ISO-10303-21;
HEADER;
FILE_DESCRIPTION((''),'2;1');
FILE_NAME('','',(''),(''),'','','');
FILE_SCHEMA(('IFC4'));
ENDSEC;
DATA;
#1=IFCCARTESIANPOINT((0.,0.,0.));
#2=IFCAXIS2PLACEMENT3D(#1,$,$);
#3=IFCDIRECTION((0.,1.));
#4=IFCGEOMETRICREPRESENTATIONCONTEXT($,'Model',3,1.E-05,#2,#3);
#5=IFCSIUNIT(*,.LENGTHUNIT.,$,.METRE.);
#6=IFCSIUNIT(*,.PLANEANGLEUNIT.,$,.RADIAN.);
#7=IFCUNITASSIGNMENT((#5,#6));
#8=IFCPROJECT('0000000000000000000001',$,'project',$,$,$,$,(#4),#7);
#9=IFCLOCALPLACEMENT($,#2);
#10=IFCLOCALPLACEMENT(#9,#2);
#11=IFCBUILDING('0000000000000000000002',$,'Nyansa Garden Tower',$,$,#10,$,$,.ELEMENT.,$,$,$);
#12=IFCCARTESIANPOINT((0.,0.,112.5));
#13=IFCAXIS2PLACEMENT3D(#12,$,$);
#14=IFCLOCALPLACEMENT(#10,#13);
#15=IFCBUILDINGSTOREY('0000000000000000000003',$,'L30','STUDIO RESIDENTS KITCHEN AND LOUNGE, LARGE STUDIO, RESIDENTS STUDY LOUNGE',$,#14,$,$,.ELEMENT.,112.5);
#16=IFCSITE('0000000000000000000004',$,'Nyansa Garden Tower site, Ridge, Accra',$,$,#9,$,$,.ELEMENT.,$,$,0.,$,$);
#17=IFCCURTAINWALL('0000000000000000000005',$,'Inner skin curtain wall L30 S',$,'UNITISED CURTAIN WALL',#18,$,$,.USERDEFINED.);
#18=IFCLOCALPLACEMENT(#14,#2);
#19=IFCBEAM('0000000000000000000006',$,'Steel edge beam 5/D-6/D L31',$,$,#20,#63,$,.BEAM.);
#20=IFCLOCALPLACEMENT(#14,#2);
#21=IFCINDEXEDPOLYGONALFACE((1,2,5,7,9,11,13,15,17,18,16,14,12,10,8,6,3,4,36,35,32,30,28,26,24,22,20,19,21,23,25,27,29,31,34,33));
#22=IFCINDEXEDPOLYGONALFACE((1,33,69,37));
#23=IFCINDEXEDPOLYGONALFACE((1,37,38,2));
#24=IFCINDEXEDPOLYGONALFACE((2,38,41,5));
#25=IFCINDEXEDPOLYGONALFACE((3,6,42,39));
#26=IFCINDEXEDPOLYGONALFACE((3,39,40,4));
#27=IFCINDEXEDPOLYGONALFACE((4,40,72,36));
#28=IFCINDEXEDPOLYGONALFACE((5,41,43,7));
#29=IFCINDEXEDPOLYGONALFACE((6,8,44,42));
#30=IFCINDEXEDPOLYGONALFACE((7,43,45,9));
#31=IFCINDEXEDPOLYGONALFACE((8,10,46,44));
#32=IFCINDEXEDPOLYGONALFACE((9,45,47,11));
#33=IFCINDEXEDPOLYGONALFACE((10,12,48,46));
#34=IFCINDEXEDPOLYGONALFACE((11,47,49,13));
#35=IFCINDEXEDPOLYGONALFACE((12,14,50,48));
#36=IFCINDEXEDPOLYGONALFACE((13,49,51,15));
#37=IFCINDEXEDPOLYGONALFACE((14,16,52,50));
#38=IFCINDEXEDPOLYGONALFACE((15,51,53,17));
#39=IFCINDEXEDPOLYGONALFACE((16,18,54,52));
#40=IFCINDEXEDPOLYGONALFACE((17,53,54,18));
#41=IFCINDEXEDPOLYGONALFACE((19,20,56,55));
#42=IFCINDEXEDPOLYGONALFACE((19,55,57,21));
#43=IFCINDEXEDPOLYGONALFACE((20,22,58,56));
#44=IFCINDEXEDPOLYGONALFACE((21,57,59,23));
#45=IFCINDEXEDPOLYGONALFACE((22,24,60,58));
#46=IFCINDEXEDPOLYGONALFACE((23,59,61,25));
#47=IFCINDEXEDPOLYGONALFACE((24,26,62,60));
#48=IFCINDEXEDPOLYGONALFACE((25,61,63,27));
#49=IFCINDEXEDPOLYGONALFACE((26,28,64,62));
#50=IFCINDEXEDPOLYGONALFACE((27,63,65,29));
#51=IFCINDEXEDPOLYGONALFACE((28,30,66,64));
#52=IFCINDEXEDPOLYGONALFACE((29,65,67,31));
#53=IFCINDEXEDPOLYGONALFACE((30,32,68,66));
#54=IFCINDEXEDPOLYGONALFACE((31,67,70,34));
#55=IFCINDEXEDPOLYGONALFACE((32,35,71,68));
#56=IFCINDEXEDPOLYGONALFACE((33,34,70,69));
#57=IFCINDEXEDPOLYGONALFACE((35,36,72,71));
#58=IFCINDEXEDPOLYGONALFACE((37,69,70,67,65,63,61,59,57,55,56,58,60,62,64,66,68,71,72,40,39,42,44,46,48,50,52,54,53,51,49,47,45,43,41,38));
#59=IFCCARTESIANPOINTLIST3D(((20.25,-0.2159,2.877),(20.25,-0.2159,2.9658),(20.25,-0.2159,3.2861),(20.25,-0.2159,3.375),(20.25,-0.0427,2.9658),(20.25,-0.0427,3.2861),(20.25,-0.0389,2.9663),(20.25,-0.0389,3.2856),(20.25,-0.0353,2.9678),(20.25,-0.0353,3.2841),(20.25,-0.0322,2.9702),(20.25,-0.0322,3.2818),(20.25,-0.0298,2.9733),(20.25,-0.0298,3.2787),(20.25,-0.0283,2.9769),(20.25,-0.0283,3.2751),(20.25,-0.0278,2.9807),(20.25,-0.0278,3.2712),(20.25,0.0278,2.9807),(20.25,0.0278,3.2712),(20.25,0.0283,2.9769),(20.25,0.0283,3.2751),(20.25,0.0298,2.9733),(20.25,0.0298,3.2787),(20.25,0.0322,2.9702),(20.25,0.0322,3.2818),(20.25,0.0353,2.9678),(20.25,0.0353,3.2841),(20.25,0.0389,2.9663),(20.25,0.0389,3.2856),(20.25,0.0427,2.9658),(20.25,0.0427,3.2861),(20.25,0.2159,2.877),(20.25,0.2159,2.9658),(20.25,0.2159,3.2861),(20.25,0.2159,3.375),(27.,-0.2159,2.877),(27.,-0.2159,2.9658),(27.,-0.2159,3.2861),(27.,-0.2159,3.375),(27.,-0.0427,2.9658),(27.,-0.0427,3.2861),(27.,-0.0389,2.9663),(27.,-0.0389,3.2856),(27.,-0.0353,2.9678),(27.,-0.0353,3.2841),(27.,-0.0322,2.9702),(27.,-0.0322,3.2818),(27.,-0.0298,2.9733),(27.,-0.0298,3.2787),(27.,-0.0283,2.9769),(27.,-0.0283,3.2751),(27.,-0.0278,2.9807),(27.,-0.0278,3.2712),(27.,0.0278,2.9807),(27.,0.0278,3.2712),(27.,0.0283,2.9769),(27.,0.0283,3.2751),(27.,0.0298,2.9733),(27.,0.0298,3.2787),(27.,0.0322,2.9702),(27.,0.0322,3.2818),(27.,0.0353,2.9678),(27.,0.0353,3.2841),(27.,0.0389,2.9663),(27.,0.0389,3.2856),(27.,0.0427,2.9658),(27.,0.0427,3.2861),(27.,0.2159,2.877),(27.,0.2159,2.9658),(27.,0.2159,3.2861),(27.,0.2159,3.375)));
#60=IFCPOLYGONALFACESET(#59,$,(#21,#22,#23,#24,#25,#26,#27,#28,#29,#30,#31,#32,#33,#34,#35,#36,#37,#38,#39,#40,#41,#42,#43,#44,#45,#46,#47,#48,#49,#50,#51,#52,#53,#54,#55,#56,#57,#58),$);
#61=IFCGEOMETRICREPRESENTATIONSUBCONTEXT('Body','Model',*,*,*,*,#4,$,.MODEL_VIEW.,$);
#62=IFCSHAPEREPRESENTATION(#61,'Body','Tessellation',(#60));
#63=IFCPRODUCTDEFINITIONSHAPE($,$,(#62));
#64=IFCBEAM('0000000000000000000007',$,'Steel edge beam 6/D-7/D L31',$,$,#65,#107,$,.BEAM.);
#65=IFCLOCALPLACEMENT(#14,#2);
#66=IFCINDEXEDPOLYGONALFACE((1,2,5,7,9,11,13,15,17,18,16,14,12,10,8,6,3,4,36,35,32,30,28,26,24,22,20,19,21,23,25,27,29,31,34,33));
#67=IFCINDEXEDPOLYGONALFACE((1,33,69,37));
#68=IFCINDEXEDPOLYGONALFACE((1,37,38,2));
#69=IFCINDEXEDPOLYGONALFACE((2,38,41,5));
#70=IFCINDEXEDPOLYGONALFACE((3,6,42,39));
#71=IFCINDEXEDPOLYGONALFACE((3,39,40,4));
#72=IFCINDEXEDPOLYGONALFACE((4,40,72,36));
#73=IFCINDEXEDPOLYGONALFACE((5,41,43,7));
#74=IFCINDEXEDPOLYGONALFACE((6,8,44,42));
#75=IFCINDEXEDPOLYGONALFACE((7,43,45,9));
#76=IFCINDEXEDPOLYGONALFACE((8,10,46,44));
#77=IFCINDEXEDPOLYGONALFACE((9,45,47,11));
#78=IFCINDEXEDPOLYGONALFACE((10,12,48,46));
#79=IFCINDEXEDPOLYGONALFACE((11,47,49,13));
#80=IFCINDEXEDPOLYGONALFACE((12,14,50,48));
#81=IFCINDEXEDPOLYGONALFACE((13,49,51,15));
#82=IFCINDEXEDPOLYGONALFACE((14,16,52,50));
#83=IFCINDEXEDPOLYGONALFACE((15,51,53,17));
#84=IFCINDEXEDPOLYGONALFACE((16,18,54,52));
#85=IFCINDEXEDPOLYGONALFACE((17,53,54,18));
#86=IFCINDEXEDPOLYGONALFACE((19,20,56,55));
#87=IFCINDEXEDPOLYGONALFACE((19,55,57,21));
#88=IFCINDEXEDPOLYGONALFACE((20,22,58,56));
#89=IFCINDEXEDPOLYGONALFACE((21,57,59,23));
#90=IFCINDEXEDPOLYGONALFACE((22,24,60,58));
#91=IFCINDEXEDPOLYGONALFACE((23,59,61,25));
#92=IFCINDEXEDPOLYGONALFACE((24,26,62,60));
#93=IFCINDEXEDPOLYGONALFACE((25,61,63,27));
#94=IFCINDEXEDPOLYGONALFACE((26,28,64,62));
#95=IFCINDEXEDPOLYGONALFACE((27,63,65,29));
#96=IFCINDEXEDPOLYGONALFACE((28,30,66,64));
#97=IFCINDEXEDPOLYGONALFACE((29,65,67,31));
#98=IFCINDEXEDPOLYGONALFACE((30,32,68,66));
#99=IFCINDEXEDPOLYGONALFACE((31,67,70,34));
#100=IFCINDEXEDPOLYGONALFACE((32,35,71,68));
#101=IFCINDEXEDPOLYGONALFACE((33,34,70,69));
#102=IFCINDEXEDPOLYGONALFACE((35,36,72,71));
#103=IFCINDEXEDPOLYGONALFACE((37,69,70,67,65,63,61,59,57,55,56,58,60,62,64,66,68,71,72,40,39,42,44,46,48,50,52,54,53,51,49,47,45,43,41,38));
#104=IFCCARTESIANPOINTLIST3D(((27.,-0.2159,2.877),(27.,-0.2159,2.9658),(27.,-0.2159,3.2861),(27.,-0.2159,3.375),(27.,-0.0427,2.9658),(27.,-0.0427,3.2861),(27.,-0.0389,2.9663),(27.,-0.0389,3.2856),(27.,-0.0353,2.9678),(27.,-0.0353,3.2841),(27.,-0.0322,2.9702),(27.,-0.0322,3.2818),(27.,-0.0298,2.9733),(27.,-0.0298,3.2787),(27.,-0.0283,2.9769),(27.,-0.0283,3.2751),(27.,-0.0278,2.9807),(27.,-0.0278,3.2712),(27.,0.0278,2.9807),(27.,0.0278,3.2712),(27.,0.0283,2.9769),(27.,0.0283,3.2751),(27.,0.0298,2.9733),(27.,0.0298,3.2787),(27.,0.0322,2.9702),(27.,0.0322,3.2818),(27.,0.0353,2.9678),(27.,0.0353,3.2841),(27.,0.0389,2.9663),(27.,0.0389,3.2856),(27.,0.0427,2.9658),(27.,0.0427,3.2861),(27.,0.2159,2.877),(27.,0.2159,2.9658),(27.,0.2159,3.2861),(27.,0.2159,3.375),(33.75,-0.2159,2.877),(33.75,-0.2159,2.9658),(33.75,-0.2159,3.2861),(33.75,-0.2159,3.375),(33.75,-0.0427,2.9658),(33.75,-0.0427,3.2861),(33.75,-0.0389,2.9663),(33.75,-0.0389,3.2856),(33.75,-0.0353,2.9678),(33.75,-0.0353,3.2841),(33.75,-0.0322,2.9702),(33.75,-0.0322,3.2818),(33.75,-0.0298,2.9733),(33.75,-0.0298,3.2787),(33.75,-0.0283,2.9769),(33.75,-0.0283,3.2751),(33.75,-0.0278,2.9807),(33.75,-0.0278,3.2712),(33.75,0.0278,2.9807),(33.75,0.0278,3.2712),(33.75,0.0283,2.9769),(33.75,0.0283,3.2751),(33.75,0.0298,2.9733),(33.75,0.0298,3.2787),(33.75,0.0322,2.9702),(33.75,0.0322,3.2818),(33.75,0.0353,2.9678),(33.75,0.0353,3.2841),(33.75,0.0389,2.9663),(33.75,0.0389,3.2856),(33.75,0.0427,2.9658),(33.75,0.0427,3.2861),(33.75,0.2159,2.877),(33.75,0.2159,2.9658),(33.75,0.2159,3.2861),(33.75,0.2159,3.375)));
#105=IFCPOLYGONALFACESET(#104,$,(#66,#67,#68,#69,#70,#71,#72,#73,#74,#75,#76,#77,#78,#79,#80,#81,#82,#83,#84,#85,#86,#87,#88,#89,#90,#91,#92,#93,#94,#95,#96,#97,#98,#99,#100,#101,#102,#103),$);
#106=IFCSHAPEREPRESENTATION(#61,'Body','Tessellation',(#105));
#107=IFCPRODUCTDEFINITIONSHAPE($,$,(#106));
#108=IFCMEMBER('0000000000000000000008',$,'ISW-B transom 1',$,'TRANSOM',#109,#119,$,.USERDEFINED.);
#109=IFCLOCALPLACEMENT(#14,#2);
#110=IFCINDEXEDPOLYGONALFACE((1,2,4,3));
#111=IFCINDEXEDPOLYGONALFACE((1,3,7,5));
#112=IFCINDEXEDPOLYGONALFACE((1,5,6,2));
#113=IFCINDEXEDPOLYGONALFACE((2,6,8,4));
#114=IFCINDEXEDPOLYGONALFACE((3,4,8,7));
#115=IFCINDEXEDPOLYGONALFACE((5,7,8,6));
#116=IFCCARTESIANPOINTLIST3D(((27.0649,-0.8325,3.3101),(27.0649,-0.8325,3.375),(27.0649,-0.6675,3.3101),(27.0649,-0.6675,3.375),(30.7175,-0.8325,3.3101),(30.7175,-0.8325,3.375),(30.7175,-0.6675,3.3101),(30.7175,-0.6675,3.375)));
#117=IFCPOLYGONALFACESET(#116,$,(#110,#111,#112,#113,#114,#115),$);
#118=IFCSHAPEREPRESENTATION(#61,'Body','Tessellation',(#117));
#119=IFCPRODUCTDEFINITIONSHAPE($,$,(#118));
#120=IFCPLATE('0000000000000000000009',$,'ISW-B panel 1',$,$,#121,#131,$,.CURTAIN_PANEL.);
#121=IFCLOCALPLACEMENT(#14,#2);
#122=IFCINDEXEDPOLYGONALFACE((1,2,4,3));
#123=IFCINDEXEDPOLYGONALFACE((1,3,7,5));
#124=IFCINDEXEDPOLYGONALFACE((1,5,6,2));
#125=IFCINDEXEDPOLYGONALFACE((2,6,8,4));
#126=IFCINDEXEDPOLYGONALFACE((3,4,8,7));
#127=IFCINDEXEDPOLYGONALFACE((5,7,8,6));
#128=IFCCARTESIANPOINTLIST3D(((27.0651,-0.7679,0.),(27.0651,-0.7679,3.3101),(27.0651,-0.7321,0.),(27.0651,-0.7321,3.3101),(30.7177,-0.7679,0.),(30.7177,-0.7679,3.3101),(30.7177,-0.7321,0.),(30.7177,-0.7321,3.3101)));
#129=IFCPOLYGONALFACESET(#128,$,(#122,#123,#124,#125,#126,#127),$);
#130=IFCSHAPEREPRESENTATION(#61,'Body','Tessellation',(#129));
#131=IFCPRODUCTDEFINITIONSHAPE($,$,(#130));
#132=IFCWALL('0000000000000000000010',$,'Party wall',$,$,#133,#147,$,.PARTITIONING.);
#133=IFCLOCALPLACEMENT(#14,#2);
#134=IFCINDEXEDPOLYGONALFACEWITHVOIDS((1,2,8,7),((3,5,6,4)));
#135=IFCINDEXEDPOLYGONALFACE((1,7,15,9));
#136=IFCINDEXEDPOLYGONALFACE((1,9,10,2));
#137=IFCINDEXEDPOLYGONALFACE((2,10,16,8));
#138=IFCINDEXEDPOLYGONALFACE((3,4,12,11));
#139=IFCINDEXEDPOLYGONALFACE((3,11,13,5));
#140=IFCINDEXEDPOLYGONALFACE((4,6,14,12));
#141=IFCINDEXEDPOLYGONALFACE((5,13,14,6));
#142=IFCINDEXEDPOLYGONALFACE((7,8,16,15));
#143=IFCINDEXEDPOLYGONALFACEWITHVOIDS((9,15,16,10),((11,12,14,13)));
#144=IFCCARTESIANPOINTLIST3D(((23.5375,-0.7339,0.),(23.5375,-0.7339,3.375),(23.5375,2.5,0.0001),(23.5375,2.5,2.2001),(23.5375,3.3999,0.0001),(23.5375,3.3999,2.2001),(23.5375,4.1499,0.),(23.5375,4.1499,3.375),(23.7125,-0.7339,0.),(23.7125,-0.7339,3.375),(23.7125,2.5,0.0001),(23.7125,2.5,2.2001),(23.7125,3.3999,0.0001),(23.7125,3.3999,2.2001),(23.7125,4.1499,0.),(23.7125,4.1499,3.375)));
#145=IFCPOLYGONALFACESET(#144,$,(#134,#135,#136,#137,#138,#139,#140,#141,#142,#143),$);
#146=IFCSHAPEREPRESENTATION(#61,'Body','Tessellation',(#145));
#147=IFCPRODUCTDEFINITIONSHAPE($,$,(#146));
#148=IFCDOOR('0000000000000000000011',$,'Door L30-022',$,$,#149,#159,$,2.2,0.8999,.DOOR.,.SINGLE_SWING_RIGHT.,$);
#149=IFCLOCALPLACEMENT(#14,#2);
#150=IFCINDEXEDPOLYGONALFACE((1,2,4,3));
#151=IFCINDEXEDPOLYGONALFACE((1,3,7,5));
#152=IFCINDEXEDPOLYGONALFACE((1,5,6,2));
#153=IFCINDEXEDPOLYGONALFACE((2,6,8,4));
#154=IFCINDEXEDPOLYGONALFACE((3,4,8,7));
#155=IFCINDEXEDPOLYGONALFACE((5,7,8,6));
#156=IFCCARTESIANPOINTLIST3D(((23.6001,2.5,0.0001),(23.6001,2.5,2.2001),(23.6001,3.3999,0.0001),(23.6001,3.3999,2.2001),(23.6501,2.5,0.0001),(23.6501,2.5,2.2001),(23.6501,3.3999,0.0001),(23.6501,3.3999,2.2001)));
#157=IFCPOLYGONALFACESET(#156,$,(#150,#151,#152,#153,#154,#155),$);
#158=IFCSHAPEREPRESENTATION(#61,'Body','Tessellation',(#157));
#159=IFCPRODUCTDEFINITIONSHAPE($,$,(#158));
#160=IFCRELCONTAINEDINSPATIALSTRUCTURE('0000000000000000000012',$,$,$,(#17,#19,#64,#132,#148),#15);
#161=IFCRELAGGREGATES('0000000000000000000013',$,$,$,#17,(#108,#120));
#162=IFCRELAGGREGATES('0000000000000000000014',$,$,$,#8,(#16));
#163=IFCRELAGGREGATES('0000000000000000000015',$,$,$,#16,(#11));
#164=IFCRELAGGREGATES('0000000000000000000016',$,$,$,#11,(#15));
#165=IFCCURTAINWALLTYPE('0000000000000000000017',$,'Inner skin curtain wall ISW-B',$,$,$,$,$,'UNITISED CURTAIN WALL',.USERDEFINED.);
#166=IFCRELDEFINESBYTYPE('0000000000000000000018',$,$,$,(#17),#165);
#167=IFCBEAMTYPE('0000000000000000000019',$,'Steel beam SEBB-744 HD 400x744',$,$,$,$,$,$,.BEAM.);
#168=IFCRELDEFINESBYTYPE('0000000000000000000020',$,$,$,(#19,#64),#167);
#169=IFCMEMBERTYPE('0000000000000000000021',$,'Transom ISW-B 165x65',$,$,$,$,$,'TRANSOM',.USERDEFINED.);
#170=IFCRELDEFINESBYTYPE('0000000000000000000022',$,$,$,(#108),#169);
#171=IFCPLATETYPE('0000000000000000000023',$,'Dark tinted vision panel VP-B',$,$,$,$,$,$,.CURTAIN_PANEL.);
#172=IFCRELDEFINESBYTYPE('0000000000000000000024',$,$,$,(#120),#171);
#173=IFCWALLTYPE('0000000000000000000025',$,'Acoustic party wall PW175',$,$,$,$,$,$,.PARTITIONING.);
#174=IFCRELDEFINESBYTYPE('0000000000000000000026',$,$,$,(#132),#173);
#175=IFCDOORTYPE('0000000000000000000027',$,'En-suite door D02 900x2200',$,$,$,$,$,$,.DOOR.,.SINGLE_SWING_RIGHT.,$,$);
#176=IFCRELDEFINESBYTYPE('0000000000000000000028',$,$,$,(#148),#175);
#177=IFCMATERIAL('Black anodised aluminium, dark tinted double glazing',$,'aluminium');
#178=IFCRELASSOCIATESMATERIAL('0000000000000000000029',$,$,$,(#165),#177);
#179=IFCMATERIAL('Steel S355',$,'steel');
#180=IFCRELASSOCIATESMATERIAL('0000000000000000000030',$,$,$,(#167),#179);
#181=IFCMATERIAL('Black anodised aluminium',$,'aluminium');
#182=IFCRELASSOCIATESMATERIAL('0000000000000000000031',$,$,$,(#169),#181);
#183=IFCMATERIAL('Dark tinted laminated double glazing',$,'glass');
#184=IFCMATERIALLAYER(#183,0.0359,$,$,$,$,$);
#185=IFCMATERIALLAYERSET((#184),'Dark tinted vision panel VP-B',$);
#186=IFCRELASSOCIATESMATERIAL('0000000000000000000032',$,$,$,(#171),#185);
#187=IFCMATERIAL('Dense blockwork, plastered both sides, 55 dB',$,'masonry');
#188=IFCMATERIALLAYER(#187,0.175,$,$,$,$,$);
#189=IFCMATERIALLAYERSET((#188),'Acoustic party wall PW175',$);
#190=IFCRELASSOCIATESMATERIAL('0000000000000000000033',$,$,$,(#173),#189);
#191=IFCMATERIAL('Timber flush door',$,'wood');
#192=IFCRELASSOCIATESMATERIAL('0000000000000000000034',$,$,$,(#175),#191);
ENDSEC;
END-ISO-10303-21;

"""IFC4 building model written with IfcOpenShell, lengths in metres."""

from ifc_helpers import new_model, si_unit, direction, frame, frame_2d, origin, origin_2d, place, context, subcontext, project, spatial, rectangle, i_section, extrude, material, layer, layer_set, material_profile, profile_set, type_object, element, fill, aggregate, save


model = new_model("IFC4")

# Units and contexts
model_context = context("Model", 3, precision=1e-05, world=origin(), true_north=direction((0.0, 1.0)))
body_context = subcontext(model_context, "Body", "Model", "MODEL_VIEW")
ifc_project = project(units=[si_unit("LENGTHUNIT", "METRE"), si_unit("PLANEANGLEUNIT", "RADIAN")], contexts=[model_context])

# Site, building, storey
site_placement = place(None, origin())
site = spatial("IfcSite", under=ifc_project, at=site_placement, Name="Nyansa Garden Tower site, Ridge, Accra", CompositionType="ELEMENT", RefElevation=0.0)
building_placement = place(site_placement, origin())
building = spatial("IfcBuilding", under=site, at=building_placement, Name="Nyansa Garden Tower", CompositionType="ELEMENT")
storey_placement = place(building_placement, frame((0.0, 0.0, 112.5)))
storey = spatial("IfcBuildingStorey", under=building, at=storey_placement, Name="L30", Description="STUDIO RESIDENTS KITCHEN AND LOUNGE, LARGE STUDIO, RESIDENTS STUDY LOUNGE", CompositionType="ELEMENT", Elevation=112.5)

# Shared definitions
ifc_material_1 = material(Name="Black anodised aluminium, dark tinted double glazing", Category="aluminium")
curtain_wall_type = type_object("IfcCurtainWallType", Name="Inner skin curtain wall ISW-B", ElementType="UNITISED CURTAIN WALL", PredefinedType="USERDEFINED", material=ifc_material_1)

# Curtain wall
curtain_wall_1_placement = place(storey_placement, origin())
curtain_wall_1 = element("IfcCurtainWall", 1, at=curtain_wall_1_placement, inside=storey, type_object=curtain_wall_type, Name="Inner skin curtain wall L30 S", ObjectType="UNITISED CURTAIN WALL", PredefinedType="USERDEFINED")

# Beams
ifc_material_2 = material(Name="Steel S355", Category="steel")
ifc_material_profile_1 = material_profile(ifc_material_2, i_section(OverallWidth=0.4319, OverallDepth=0.498, WebThickness=0.0557, FlangeThickness=0.0889, FilletRadius=0.0149, at=origin_2d()), Name="HD 400x744")
ifc_profile_set_1 = profile_set([ifc_material_profile_1], Name="Steel S355")
beam_type_1 = type_object("IfcBeamType", Name="Steel beam SEBB-744 HD 400x744", PredefinedType="BEAM", material=ifc_profile_set_1)
for number, where, z_axis, x_axis, name in (
    (2, (20.25, 0.0, 3.126), (1.0, 0.0, 0.0), (0.0, 1.0, 0.0), "Steel edge beam 5/D-6/D L31"),
    (3, (27.0, 0.0, 3.126), (1.0, 0.0, 0.0), (0.0, 1.0, 0.0), "Steel edge beam 6/D-7/D L31"),
):
    element("IfcBeam", number, at=place(storey_placement, frame(where, z_axis=z_axis, x_axis=x_axis)), inside=storey, type_object=beam_type_1, Name=name, PredefinedType="BEAM", context=body_context, shape_type="SweptSolid", body=[
        extrude(i_section(OverallWidth=0.4319, OverallDepth=0.498, WebThickness=0.0557, FlangeThickness=0.0889, FilletRadius=0.0149, at=origin_2d()), origin(), (0.0, 0.0, 1.0), 6.75),
    ])

# Member
ifc_material_3 = material(Name="Black anodised aluminium", Category="aluminium")
ifc_material_profile_2 = material_profile(ifc_material_3, rectangle(XDim=0.165, YDim=0.0649, at=origin_2d()), Name="Transom 165x65")
ifc_profile_set_2 = profile_set([ifc_material_profile_2], Name="Black anodised aluminium")
member_type_1 = type_object("IfcMemberType", Name="Transom ISW-B 165x65", ElementType="TRANSOM", PredefinedType="USERDEFINED", material=ifc_profile_set_2)
member_1_placement = place(storey_placement, frame((27.0649, -0.75, 3.3425), z_axis=(1.0, 0.0, 0.0), x_axis=(0.0, 1.0, 0.0)))
member_1 = element("IfcMember", 4, at=member_1_placement, type_object=member_type_1, Name="ISW-B transom 1", ObjectType="TRANSOM", PredefinedType="USERDEFINED", context=body_context, shape_type="SweptSolid", body=[
    extrude(rectangle(XDim=0.165, YDim=0.0649, at=origin_2d()), origin(), (0.0, 0.0, 1.0), 3.6526),
])

# Plate
ifc_material_4 = material(Name="Dark tinted laminated double glazing", Category="glass")
ifc_layer_1 = layer(ifc_material_4, 0.0359)
ifc_layer_set_1 = layer_set([ifc_layer_1], Name="Dark tinted vision panel VP-B")
plate_type = type_object("IfcPlateType", Name="Dark tinted vision panel VP-B", PredefinedType="CURTAIN_PANEL", material=ifc_layer_set_1)
plate_placement = place(storey_placement, frame((28.8914, -0.75, 0.0), z_axis=(0.0, 0.0, 1.0), x_axis=(1.0, 0.0, 0.0)))
plate = element("IfcPlate", 5, at=plate_placement, type_object=plate_type, Name="ISW-B panel 1", PredefinedType="CURTAIN_PANEL", context=body_context, shape_type="SweptSolid", body=[
    extrude(rectangle(XDim=3.6526, YDim=0.0359, at=origin_2d()), origin(), (0.0, 0.0, 1.0), 3.3101),
])
aggregate(curtain_wall_1, [member_1, plate])

# Wall, opening, door
ifc_material_5 = material(Name="Dense blockwork, plastered both sides, 55 dB", Category="masonry")
ifc_layer_2 = layer(ifc_material_5, 0.175)
ifc_layer_set_2 = layer_set([ifc_layer_2], Name="Acoustic party wall PW175")
wall_type_1 = type_object("IfcWallType", Name="Acoustic party wall PW175", PredefinedType="PARTITIONING", material=ifc_layer_set_2)
wall_1_placement = place(storey_placement, frame((23.625, -0.7339, 0.0), z_axis=(0.0, 0.0, 1.0), x_axis=(0.0, 1.0, 0.0)))
wall_1 = element("IfcWall", 6, at=wall_1_placement, inside=storey, type_object=wall_type_1, Name="Party wall", PredefinedType="PARTITIONING", context=body_context, shape_type="SweptSolid", body=[
    extrude(rectangle(XDim=4.8838, YDim=0.175, at=frame_2d((2.4419, 0.0))), origin(), (0.0, 0.0, 1.0), 3.375),
])
opening_1_placement = place(wall_1_placement, frame((3.2339, 0.0, 0.0)))
opening_1 = element("IfcOpeningElement", 7, at=opening_1_placement, cuts=wall_1, PredefinedType="OPENING", context=body_context, shape_type="SweptSolid", body=[
    extrude(rectangle(XDim=0.8999, YDim=2.2, at=frame_2d((0.45, 1.1001))), frame((0.0, 0.0974, 0.0), z_axis=(0.0, -1.0, 0.0), x_axis=(1.0, 0.0, 0.0)), (0.0, 0.0, 1.0), 0.1951),
])
ifc_material_6 = material(Name="Timber flush door", Category="wood")
door_type_1 = type_object("IfcDoorType", Name="En-suite door D02 900x2200", OperationType="SINGLE_SWING_RIGHT", PredefinedType="DOOR", material=ifc_material_6)
door_1_placement = place(opening_1_placement, origin())
door_1 = element("IfcDoor", 8, at=door_1_placement, inside=storey, type_object=door_type_1, Name="Door L30-022", OperationType="SINGLE_SWING_RIGHT", OverallHeight=2.2, OverallWidth=0.8999, PredefinedType="DOOR", context=body_context, shape_type="SweptSolid", body=[
    extrude(rectangle(XDim=0.8999, YDim=2.2, at=frame_2d((0.45, 1.1001))), frame((0.0, 0.0249, 0.0), z_axis=(0.0, -1.0, 0.0), x_axis=(1.0, 0.0, 0.0)), (0.0, 0.0, 1.0), 0.05),
])
fill(opening_1, door_1)

save(model, "model.ifc")
